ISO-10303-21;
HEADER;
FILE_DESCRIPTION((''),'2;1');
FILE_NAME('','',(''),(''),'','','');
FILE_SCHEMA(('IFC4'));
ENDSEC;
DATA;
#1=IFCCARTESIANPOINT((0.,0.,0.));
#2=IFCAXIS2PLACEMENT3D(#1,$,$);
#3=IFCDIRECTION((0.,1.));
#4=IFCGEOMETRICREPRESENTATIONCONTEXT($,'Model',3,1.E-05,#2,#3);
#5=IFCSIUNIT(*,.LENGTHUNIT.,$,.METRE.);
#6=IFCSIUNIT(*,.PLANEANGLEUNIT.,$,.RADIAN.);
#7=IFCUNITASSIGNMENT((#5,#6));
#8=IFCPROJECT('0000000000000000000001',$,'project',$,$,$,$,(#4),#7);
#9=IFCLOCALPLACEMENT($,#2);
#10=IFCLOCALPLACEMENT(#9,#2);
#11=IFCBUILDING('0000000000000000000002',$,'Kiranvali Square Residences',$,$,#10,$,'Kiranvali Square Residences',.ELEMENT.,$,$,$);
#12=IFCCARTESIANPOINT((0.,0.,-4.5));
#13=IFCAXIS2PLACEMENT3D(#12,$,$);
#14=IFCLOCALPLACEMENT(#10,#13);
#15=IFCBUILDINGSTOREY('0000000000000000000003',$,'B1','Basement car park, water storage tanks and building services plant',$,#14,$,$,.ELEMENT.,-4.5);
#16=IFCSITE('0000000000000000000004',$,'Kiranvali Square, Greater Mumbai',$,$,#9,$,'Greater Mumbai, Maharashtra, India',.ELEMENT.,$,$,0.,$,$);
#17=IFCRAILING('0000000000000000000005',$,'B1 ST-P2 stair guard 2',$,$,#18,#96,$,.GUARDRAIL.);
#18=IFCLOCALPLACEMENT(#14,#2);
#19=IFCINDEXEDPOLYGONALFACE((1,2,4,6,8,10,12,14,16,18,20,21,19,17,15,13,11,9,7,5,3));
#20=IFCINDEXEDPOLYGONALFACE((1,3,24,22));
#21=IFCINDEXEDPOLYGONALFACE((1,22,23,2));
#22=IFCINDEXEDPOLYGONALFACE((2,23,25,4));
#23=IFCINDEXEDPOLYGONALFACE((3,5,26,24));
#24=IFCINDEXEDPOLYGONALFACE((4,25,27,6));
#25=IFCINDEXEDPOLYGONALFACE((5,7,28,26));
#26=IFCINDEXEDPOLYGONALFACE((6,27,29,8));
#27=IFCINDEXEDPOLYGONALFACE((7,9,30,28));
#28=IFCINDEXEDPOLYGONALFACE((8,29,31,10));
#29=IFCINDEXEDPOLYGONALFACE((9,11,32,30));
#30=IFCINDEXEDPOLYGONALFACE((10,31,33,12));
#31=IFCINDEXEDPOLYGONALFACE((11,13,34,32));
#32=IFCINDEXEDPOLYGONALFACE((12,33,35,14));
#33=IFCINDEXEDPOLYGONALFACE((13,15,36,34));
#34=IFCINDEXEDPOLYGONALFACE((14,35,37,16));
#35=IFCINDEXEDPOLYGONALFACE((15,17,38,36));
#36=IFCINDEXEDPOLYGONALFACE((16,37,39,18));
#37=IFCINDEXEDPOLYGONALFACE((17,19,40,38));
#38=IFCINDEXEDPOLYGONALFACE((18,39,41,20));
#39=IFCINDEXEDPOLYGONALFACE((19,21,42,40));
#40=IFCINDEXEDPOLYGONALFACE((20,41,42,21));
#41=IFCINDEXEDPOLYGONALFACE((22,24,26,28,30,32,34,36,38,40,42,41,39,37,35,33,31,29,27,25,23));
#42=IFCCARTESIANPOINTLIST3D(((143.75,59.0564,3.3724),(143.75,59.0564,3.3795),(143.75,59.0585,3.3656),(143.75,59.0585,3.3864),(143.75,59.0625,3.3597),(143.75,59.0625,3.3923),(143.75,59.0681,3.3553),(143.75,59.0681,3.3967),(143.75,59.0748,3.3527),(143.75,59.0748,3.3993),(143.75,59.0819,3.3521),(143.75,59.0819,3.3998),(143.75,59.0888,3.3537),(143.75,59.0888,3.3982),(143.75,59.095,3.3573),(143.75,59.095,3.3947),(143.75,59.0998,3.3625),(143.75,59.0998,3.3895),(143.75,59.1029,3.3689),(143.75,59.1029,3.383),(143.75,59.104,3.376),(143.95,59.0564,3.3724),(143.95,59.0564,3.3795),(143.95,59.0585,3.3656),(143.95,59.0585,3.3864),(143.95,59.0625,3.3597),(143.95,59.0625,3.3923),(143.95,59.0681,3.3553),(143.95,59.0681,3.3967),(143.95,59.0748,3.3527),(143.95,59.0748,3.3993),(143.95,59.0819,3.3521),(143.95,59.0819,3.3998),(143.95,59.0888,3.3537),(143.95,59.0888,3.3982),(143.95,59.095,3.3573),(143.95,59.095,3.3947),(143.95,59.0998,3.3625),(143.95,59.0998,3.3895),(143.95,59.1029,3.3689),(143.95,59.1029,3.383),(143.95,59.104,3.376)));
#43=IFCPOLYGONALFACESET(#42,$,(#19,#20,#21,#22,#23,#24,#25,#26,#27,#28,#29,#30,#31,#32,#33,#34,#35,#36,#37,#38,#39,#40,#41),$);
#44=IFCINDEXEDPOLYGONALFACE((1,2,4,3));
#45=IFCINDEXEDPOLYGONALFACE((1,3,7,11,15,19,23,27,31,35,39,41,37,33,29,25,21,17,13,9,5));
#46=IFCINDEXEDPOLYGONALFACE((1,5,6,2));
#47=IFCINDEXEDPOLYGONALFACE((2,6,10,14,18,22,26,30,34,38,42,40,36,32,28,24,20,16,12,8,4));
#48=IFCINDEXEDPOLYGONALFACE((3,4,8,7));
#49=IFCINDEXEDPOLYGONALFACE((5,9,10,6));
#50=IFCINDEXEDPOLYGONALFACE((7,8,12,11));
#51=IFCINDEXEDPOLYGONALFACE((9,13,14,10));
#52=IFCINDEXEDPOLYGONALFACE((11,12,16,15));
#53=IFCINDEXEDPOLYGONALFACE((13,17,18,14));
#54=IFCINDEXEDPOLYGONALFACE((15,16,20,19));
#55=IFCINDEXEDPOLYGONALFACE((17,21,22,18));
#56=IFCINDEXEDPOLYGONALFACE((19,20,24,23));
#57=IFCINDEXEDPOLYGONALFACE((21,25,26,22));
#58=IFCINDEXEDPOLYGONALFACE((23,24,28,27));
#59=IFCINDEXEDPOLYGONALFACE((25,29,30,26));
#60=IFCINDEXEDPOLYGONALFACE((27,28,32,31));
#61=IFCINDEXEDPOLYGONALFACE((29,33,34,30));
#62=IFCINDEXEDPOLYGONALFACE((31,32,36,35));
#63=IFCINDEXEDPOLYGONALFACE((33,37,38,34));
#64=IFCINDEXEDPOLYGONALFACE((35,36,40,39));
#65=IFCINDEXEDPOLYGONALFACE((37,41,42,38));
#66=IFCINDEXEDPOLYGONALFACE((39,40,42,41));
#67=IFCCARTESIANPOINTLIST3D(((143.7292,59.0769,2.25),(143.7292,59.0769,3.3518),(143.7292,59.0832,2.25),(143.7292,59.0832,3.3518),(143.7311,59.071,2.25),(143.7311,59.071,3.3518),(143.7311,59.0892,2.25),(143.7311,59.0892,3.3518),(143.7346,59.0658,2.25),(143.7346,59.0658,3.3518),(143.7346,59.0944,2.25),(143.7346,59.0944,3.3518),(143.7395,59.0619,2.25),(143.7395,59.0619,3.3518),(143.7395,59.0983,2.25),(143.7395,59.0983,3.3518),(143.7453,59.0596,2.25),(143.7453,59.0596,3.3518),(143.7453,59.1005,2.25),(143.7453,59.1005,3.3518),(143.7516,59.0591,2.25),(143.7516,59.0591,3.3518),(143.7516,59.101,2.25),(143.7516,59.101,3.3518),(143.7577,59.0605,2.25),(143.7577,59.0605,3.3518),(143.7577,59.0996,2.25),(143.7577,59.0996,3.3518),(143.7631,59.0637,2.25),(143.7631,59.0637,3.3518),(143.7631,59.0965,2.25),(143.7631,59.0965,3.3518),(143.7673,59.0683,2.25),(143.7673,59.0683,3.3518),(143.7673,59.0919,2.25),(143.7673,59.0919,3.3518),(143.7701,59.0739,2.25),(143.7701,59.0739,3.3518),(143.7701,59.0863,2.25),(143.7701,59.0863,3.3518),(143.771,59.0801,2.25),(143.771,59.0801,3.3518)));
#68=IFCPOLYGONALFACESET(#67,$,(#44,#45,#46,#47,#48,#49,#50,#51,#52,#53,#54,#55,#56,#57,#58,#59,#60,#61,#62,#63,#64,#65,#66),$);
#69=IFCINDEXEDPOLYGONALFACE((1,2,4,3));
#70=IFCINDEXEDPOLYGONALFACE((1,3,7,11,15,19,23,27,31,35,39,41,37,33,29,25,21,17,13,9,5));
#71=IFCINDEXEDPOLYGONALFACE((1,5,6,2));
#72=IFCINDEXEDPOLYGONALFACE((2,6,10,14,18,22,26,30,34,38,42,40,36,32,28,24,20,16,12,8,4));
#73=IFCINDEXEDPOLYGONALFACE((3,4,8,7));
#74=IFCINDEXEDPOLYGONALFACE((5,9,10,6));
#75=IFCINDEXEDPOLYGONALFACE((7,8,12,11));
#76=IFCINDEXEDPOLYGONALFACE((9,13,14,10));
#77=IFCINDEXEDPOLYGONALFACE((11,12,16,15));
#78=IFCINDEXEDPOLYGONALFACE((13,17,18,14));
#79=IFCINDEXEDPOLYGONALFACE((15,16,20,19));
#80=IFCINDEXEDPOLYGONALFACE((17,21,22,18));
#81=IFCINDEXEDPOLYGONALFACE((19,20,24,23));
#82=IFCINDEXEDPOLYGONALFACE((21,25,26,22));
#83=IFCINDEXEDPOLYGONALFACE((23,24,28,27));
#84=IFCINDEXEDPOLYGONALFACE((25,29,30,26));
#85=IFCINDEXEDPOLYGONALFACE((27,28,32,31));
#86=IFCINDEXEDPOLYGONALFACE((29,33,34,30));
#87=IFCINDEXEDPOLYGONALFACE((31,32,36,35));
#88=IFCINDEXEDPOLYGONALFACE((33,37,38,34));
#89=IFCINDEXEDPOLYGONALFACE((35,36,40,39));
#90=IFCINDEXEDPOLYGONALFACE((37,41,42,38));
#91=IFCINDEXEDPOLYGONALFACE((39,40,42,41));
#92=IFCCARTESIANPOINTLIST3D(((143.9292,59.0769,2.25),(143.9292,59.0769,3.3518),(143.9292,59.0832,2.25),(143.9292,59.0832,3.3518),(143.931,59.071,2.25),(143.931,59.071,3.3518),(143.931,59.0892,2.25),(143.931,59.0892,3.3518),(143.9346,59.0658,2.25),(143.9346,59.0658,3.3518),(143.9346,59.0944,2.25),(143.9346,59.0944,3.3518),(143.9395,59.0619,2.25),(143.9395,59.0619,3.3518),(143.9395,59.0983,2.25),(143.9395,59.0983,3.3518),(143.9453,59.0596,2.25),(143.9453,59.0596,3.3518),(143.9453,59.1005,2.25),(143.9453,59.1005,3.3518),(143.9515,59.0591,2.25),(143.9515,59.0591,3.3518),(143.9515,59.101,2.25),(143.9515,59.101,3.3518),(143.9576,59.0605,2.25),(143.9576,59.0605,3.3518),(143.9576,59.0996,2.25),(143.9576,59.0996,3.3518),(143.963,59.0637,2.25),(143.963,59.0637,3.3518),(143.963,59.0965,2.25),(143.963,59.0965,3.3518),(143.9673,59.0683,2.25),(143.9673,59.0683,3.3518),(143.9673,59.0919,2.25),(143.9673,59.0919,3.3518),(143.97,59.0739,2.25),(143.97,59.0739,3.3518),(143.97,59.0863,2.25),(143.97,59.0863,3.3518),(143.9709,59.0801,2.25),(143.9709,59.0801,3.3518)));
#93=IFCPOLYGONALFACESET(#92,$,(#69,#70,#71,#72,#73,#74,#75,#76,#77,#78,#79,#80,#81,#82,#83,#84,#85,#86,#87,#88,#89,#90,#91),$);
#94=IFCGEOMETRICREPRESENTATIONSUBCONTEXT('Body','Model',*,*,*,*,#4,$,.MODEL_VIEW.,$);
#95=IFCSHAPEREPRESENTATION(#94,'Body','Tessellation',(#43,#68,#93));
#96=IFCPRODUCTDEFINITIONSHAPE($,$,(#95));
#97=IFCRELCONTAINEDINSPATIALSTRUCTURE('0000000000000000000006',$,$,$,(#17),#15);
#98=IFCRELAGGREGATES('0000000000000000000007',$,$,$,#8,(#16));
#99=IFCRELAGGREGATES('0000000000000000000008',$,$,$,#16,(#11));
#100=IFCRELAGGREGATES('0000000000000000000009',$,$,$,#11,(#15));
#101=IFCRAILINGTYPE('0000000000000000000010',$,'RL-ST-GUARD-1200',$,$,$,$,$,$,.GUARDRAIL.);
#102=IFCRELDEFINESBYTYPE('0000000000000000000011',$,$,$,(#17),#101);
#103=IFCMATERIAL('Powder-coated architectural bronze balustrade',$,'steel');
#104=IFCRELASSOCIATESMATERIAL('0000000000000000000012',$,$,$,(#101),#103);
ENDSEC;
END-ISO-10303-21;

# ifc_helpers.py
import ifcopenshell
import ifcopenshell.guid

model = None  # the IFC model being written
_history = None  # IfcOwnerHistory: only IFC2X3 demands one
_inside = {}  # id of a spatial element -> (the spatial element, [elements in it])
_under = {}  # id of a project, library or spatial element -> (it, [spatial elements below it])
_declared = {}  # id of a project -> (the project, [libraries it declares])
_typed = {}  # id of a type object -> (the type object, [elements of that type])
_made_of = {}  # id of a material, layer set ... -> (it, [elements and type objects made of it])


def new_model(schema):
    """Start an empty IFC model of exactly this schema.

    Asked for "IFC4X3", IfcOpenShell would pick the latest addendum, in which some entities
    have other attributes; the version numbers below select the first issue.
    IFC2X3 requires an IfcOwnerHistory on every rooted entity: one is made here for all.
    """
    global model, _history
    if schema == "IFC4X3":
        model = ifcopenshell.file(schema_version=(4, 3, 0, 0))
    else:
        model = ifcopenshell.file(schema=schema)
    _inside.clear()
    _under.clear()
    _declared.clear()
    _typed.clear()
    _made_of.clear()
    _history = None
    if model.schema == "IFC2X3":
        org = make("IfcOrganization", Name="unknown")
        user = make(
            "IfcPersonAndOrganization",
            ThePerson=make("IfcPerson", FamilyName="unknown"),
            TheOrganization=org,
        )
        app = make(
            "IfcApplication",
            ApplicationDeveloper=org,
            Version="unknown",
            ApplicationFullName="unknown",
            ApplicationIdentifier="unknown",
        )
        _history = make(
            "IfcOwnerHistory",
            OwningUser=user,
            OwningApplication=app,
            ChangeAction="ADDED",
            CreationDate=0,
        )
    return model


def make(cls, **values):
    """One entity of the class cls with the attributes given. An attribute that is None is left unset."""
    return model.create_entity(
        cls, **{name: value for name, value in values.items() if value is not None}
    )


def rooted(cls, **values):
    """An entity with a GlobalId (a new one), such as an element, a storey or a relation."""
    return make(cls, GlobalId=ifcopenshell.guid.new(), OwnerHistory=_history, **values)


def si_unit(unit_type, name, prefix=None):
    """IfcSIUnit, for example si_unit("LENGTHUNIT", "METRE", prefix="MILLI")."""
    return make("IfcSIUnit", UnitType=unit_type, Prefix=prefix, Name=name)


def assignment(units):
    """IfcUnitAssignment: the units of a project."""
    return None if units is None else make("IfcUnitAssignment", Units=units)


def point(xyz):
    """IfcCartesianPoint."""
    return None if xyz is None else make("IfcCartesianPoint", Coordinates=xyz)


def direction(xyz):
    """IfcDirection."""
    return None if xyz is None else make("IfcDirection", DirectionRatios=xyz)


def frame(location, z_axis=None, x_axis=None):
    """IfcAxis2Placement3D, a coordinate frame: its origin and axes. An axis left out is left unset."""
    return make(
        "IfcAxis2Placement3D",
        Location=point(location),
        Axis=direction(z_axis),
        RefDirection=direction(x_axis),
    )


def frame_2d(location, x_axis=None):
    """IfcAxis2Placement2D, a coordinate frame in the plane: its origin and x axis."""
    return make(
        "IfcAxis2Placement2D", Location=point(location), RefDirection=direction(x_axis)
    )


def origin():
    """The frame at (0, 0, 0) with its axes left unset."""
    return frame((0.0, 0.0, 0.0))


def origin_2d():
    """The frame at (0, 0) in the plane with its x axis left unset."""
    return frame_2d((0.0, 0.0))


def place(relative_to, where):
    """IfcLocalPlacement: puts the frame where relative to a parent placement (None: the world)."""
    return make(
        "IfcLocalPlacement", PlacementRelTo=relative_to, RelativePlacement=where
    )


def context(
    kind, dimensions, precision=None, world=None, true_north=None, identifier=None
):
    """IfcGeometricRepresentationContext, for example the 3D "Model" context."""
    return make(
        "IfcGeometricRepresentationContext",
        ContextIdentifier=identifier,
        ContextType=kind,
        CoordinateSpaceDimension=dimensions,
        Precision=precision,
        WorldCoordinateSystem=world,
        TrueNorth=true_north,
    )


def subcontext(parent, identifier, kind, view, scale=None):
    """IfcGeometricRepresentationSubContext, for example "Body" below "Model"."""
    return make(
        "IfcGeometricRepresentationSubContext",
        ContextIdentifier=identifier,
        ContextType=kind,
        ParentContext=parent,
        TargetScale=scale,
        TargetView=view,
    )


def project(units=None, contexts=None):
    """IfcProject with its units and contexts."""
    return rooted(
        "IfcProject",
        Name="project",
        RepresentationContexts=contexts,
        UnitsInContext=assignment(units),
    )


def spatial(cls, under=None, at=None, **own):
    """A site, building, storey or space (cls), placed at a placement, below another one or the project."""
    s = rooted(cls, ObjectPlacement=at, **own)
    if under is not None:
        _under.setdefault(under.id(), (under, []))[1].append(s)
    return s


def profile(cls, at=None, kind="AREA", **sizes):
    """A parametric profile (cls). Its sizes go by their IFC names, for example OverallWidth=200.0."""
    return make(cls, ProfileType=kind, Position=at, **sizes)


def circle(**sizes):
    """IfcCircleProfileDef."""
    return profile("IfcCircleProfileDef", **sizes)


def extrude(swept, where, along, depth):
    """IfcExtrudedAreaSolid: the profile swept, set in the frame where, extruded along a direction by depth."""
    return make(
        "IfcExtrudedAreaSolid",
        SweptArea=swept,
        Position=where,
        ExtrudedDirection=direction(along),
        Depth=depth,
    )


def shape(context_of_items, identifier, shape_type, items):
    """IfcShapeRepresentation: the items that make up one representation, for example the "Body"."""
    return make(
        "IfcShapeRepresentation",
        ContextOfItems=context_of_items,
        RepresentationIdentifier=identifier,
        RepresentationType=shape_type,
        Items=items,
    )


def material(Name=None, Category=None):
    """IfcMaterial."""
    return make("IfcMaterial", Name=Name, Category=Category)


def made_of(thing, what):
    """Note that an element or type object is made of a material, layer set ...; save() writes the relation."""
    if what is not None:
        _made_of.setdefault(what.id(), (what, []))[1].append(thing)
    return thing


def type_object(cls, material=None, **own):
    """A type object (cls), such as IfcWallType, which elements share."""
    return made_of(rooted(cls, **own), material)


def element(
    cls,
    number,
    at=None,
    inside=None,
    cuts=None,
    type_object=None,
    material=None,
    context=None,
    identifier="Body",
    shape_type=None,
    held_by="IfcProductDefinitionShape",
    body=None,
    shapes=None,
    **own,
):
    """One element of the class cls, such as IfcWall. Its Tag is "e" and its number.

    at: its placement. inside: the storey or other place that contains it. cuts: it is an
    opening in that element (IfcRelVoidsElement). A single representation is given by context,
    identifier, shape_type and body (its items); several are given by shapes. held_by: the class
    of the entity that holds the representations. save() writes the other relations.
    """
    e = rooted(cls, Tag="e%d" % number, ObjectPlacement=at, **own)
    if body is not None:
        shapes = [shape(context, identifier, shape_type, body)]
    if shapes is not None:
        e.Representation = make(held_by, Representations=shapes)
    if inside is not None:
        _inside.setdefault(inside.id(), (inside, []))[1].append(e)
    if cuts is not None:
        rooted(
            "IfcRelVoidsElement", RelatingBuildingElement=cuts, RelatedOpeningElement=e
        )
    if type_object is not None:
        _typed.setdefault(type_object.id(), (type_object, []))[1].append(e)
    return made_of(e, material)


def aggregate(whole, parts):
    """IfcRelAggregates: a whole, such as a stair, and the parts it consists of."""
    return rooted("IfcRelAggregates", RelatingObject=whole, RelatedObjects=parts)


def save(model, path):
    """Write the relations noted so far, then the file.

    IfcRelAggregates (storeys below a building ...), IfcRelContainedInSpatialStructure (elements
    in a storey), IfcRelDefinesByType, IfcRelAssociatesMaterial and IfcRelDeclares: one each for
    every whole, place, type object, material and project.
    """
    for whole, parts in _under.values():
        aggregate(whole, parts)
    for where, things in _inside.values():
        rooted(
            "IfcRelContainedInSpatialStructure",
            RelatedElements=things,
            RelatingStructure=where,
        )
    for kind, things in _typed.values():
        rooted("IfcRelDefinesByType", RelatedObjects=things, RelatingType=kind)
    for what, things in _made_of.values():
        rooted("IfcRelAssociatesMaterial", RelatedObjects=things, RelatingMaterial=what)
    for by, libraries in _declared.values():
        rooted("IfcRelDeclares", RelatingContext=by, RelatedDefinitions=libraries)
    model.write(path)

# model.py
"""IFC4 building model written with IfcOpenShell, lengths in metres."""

from ifc_helpers import new_model, si_unit, direction, frame, origin, origin_2d, place, context, subcontext, project, spatial, circle, extrude, material, type_object, element, save


model = new_model("IFC4")

# Units and contexts
model_context = context("Model", 3, precision=1e-05, world=origin(), true_north=direction((0.0, 1.0)))
body_context = subcontext(model_context, "Body", "Model", "MODEL_VIEW")
ifc_project = project(units=[si_unit("LENGTHUNIT", "METRE"), si_unit("PLANEANGLEUNIT", "RADIAN")], contexts=[model_context])

# Site, building, storey
site_placement = place(None, origin())
site = spatial("IfcSite", under=ifc_project, at=site_placement, Name="Kiranvali Square, Greater Mumbai", LongName="Greater Mumbai, Maharashtra, India", CompositionType="ELEMENT", RefElevation=0.0)
building_placement = place(site_placement, origin())
building = spatial("IfcBuilding", under=site, at=building_placement, Name="Kiranvali Square Residences", LongName="Kiranvali Square Residences", CompositionType="ELEMENT")
storey_placement = place(building_placement, frame((0.0, 0.0, -4.5)))
storey = spatial("IfcBuildingStorey", under=building, at=storey_placement, Name="B1", Description="Basement car park, water storage tanks and building services plant", CompositionType="ELEMENT", Elevation=-4.5)

# Railing
ifc_material_1 = material(Name="Powder-coated architectural bronze balustrade", Category="steel")
railing_type_1 = type_object("IfcRailingType", Name="RL-ST-GUARD-1200", PredefinedType="GUARDRAIL", material=ifc_material_1)
railing_1_placement = place(storey_placement, frame((143.75, 59.0801, 2.25)))
element("IfcRailing", 1, at=railing_1_placement, inside=storey, type_object=railing_type_1, Name="B1 ST-P2 stair guard 2", PredefinedType="GUARDRAIL", context=body_context, shape_type="SweptSolid", body=[
    extrude(circle(Radius=0.0239, at=origin_2d()), frame((0.0, 0.0, 1.126), z_axis=(1.0, 0.0, 0.0), x_axis=(0.0, 1.0, 0.0)), (0.0, 0.0, 1.0), 0.2),
    extrude(circle(Radius=0.021, at=origin_2d()), origin(), (0.0, 0.0, 1.0), 1.1018),
    extrude(circle(Radius=0.021, at=origin_2d()), frame((0.2, 0.0, 0.0)), (0.0, 0.0, 1.0), 1.1018),
])

save(model, "model.ifc")
